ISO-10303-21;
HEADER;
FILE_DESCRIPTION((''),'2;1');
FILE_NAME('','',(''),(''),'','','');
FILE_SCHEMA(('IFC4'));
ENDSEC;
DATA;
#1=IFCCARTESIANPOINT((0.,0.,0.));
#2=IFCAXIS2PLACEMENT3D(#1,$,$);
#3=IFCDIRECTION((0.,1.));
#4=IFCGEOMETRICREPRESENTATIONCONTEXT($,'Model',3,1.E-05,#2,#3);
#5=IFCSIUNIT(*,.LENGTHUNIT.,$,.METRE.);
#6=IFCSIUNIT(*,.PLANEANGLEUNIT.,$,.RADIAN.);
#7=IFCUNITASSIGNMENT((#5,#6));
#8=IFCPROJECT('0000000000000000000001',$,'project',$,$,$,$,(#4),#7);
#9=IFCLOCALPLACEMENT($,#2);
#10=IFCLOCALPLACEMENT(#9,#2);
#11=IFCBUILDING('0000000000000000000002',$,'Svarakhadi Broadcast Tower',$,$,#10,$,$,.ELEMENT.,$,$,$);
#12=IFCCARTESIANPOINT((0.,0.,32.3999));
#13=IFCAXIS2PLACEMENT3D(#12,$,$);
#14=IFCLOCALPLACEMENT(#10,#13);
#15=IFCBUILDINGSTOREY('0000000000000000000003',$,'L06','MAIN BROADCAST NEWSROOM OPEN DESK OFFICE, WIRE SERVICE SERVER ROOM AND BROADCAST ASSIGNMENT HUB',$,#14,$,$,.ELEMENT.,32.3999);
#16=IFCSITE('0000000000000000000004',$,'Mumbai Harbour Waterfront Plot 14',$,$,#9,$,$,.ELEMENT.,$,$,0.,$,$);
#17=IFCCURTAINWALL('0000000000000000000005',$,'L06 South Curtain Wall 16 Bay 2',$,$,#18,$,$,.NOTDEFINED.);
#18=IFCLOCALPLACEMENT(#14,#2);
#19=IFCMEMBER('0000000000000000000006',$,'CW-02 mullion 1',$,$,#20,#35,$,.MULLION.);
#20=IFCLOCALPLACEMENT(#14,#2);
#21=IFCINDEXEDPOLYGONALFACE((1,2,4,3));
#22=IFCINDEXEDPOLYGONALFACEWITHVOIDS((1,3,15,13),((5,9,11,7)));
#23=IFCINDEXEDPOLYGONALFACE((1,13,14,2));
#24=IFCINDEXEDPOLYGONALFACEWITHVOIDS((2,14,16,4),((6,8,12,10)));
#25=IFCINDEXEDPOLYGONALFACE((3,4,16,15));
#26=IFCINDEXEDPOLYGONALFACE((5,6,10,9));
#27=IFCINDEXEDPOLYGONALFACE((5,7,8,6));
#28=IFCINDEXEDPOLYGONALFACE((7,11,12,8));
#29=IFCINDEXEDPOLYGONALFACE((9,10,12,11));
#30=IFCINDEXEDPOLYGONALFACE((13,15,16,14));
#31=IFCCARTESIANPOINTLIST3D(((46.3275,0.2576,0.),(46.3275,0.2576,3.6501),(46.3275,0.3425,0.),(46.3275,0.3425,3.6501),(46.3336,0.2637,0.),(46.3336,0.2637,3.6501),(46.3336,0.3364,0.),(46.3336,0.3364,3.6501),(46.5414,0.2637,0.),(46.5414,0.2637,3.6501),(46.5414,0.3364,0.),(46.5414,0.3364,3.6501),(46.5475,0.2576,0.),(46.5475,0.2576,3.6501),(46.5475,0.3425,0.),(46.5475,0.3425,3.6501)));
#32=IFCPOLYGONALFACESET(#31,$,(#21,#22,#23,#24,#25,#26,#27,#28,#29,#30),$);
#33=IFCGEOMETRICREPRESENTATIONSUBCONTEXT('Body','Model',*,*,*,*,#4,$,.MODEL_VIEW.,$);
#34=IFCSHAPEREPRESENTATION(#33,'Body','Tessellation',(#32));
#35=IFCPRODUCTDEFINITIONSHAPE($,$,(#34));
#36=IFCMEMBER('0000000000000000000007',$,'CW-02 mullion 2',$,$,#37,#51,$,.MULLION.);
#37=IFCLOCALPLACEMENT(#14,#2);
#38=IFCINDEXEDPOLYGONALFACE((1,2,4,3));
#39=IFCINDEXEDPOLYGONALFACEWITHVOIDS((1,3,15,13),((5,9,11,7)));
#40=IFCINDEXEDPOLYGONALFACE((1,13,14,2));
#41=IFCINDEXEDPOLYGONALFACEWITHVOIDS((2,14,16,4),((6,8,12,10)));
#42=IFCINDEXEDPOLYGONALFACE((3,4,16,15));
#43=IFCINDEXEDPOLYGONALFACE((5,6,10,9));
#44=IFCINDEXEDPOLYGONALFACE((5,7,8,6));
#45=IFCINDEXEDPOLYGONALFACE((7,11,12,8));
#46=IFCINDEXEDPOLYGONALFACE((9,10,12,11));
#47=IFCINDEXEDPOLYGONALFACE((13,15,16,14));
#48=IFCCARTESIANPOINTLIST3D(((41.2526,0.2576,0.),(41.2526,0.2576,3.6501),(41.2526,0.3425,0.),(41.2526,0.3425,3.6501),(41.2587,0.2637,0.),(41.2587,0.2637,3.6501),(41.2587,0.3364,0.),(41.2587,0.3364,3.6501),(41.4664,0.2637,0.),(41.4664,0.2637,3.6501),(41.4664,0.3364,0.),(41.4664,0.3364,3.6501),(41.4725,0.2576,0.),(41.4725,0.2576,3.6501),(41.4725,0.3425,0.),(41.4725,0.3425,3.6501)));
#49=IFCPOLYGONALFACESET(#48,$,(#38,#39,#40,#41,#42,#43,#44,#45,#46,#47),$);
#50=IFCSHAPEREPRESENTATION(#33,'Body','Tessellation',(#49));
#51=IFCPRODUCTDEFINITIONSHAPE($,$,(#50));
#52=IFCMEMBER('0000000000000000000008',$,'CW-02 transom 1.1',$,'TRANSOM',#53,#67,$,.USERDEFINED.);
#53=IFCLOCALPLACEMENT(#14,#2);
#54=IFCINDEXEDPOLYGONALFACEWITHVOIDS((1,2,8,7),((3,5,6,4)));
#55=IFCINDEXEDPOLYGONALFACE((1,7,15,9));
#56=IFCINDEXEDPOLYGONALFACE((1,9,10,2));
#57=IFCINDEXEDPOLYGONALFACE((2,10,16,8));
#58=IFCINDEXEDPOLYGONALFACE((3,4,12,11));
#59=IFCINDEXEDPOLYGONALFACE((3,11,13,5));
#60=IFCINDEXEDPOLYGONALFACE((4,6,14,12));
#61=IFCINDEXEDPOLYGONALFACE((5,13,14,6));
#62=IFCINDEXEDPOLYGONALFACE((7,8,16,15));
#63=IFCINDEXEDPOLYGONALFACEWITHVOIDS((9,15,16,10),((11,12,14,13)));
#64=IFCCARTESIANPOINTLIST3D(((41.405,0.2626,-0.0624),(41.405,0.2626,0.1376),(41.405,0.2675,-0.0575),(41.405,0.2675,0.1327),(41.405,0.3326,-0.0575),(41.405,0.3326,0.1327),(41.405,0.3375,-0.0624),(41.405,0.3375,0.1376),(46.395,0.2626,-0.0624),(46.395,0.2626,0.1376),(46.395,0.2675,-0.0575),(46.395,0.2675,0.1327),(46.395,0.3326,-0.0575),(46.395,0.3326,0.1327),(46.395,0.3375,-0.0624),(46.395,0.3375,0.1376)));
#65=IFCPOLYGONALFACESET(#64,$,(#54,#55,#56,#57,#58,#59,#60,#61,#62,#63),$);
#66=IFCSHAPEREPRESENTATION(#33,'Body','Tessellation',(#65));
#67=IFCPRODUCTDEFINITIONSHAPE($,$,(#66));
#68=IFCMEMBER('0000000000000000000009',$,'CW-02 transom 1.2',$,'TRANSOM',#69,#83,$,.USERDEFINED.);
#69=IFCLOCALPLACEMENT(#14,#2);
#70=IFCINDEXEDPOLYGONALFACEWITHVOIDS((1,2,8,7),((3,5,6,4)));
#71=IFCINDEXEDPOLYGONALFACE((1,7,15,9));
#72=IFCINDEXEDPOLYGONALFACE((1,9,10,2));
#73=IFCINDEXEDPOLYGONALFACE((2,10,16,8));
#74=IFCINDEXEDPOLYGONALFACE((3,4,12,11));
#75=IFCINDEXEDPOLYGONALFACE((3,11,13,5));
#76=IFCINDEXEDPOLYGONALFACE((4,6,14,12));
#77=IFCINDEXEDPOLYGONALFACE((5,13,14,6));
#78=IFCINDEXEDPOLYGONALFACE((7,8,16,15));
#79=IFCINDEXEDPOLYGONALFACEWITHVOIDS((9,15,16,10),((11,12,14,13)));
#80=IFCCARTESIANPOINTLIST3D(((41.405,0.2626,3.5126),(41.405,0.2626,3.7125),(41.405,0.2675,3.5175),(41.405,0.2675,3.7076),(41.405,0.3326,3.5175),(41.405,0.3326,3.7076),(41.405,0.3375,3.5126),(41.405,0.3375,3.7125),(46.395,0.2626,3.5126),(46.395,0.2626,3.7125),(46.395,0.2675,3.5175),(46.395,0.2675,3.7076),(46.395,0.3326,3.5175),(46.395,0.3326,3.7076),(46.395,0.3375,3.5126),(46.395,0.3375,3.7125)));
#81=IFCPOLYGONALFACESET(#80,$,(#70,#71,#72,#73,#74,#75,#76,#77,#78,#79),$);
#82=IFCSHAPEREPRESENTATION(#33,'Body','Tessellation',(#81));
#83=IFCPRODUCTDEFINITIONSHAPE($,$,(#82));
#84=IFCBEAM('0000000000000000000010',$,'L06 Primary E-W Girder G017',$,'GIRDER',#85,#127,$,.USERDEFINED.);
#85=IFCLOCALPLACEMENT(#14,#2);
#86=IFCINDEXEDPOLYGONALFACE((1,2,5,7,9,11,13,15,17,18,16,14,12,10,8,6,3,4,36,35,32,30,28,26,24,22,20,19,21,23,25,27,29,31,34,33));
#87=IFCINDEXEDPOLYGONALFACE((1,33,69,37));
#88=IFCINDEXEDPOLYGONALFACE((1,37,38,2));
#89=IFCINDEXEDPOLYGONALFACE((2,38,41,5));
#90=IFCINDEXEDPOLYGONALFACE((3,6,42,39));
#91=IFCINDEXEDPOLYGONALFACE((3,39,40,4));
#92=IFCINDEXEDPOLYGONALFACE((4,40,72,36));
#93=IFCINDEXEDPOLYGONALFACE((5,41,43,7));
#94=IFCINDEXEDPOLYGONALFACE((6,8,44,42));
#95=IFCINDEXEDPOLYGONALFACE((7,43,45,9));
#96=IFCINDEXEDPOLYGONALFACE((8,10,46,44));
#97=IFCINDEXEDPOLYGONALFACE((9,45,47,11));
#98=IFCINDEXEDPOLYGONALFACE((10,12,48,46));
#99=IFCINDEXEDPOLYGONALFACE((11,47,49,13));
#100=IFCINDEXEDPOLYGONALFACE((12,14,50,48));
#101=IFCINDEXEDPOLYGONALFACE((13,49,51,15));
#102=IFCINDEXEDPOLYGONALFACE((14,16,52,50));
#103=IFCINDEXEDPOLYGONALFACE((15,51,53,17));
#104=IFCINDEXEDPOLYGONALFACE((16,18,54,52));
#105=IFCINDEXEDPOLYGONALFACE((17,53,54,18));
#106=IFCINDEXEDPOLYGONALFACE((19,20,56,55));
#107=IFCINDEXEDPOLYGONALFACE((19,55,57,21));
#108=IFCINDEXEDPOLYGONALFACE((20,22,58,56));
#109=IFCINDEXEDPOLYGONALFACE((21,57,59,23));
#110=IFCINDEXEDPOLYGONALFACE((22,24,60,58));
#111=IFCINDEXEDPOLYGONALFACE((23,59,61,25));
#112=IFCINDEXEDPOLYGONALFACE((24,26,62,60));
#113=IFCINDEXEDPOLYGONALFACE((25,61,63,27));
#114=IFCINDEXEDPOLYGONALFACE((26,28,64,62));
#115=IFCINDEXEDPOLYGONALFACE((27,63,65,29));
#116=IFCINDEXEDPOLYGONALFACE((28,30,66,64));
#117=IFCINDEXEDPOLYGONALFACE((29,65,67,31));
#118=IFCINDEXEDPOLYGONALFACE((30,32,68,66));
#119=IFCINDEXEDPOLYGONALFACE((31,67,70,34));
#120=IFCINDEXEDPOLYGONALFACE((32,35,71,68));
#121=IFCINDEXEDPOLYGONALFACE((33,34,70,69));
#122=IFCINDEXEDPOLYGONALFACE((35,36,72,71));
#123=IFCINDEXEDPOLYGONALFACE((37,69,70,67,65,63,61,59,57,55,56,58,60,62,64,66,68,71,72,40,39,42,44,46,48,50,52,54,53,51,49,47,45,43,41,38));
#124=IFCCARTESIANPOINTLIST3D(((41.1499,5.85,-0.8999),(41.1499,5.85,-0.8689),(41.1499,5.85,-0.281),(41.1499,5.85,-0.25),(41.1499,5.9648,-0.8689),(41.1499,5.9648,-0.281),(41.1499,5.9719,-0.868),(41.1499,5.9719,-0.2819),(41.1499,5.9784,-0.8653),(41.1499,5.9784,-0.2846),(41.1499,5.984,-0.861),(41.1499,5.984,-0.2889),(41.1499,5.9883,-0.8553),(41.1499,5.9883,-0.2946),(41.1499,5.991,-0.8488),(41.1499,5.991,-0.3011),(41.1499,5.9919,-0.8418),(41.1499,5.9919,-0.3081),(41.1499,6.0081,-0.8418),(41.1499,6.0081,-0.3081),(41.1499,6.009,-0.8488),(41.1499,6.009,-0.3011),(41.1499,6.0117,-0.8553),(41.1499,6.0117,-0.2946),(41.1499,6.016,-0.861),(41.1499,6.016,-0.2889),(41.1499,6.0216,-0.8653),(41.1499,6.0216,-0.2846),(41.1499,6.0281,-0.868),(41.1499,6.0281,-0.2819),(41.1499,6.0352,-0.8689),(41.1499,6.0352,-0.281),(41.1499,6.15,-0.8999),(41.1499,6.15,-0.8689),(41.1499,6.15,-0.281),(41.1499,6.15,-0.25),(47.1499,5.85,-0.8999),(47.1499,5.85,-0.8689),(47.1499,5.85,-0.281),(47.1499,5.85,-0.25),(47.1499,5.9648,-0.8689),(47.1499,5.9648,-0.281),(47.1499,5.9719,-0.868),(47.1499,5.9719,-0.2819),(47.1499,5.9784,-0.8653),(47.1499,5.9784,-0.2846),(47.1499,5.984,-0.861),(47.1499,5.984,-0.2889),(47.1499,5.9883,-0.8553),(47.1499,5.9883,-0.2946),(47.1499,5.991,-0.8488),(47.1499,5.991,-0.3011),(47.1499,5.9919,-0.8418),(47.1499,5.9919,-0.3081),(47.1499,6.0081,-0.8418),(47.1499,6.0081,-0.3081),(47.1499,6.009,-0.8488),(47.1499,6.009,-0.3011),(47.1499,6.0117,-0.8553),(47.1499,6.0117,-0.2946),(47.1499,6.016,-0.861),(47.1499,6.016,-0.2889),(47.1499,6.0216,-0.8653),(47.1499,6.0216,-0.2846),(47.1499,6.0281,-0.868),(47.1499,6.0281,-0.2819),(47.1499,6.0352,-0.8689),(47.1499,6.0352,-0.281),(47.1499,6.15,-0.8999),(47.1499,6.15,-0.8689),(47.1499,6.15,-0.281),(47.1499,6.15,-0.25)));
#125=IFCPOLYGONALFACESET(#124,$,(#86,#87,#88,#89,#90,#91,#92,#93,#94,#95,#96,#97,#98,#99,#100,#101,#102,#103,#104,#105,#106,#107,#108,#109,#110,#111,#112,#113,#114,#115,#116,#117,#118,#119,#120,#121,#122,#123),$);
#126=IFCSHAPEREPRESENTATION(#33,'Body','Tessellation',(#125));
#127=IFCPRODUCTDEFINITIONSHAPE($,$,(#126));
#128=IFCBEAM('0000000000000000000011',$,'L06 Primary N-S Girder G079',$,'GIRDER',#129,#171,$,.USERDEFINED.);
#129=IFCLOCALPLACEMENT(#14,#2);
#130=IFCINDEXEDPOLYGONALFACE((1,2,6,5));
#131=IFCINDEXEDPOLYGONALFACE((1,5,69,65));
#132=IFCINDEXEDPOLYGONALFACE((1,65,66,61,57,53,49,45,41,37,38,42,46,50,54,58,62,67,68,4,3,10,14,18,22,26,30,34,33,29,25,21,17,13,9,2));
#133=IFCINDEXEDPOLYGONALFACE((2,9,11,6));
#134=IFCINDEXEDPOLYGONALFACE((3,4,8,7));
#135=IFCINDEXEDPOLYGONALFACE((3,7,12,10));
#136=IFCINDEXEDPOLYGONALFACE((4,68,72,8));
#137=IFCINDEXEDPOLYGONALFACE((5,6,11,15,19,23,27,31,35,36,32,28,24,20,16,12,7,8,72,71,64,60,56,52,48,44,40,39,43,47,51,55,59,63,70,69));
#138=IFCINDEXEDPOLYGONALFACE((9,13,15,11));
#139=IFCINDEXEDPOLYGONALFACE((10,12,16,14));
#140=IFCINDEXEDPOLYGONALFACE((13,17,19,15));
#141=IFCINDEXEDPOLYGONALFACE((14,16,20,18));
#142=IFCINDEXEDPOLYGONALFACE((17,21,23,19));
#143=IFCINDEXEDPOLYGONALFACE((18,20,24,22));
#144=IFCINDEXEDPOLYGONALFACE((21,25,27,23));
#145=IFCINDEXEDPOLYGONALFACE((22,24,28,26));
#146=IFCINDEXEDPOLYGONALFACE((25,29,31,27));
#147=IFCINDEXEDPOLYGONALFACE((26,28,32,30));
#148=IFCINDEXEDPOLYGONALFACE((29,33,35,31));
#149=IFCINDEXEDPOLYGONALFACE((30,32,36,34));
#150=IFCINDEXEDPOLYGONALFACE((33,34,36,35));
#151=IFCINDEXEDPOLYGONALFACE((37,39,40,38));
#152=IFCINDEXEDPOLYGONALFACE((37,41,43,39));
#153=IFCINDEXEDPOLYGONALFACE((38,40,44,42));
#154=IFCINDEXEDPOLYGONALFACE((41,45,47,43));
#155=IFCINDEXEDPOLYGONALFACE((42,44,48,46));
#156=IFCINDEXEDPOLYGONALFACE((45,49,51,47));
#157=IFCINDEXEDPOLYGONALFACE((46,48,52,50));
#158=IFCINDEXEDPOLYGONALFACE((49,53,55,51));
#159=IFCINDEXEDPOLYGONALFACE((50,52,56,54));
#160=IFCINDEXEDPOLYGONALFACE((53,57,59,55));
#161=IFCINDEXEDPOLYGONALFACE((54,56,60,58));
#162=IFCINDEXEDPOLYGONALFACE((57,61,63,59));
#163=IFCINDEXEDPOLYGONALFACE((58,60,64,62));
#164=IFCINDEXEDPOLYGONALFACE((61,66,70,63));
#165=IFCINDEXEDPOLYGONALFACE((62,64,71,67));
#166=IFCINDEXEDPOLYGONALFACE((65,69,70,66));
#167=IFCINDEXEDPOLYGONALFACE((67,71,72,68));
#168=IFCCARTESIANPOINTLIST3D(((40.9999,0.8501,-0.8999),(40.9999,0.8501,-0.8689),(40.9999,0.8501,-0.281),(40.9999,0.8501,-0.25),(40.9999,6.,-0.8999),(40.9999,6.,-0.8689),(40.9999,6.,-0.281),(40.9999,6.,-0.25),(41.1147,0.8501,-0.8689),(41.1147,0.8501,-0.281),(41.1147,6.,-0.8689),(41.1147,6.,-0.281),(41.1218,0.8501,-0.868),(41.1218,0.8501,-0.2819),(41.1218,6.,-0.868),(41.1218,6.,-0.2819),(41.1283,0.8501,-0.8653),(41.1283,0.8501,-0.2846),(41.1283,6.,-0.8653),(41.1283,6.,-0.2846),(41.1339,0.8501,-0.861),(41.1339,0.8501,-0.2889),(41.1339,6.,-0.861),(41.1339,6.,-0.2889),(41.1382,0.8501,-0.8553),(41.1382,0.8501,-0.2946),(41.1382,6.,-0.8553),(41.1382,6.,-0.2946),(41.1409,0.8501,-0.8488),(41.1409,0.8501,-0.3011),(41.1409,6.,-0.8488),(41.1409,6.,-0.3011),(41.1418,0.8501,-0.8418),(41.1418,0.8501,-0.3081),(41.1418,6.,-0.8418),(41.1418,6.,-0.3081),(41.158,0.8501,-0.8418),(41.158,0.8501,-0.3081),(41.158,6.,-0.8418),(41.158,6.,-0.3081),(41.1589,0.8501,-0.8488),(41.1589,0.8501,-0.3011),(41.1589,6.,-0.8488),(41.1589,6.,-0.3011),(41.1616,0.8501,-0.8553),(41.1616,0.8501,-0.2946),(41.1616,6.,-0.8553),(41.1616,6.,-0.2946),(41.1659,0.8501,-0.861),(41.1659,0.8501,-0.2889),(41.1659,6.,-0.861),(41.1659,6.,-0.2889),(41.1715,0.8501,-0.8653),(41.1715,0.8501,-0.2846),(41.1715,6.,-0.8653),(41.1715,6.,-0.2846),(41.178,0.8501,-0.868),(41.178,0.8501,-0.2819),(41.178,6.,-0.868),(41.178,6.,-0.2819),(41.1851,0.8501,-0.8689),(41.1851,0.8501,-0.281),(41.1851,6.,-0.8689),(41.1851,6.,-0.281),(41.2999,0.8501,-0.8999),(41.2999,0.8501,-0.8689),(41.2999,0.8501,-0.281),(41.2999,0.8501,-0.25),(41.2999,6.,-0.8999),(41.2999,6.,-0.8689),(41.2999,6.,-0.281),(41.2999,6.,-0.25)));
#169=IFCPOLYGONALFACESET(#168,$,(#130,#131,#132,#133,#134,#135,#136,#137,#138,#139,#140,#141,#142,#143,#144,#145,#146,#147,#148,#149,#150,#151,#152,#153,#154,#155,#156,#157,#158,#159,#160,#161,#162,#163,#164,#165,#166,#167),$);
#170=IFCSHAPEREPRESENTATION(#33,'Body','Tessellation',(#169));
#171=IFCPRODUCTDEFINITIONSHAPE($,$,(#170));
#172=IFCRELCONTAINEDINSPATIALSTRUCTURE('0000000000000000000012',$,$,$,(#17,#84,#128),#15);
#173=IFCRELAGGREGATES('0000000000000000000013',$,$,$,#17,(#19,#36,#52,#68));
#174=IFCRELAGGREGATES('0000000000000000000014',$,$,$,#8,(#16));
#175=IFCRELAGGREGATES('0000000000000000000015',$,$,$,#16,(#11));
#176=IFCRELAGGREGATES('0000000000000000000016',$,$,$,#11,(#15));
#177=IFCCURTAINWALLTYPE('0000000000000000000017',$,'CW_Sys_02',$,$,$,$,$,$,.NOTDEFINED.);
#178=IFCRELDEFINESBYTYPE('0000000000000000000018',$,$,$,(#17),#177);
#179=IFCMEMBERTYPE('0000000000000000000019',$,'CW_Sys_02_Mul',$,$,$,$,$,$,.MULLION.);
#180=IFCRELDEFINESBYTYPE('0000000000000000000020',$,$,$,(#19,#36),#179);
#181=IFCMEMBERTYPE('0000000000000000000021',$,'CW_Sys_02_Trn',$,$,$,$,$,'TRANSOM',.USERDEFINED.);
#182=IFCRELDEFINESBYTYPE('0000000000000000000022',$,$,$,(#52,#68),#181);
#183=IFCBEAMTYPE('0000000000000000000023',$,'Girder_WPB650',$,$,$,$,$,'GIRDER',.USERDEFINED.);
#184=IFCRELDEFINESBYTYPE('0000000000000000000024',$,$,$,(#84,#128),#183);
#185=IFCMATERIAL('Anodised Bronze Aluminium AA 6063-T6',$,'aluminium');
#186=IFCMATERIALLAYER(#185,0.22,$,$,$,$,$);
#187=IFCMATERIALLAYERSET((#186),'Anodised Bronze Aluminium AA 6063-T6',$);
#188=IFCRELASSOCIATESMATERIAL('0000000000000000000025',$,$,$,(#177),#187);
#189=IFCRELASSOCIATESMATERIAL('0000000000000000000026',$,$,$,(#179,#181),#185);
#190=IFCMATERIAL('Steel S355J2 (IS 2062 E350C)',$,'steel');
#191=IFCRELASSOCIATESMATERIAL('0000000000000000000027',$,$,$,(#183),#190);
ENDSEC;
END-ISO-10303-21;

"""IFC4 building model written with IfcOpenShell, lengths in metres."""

from ifc_helpers import new_model, si_unit, direction, frame, origin, origin_2d, place, context, subcontext, project, spatial, hollow_rectangle, i_section, extrude, material, layer, layer_set, material_profile, profile_set, type_object, element, aggregate, save


model = new_model("IFC4")

# Units and contexts
model_context = context("Model", 3, precision=1e-05, world=origin(), true_north=direction((0.0, 1.0)))
body_context = subcontext(model_context, "Body", "Model", "MODEL_VIEW")
ifc_project = project(units=[si_unit("LENGTHUNIT", "METRE"), si_unit("PLANEANGLEUNIT", "RADIAN")], contexts=[model_context])

# Site, building, storey
site_placement = place(None, origin())
site = spatial("IfcSite", under=ifc_project, at=site_placement, Name="Mumbai Harbour Waterfront Plot 14", CompositionType="ELEMENT", RefElevation=0.0)
building_placement = place(site_placement, origin())
building = spatial("IfcBuilding", under=site, at=building_placement, Name="Svarakhadi Broadcast Tower", CompositionType="ELEMENT")
storey_placement = place(building_placement, frame((0.0, 0.0, 32.3999)))
storey = spatial("IfcBuildingStorey", under=building, at=storey_placement, Name="L06", Description="MAIN BROADCAST NEWSROOM OPEN DESK OFFICE, WIRE SERVICE SERVER ROOM AND BROADCAST ASSIGNMENT HUB", CompositionType="ELEMENT", Elevation=32.3999)

# Shared definitions
ifc_material_1 = material(Name="Steel S355J2 (IS 2062 E350C)", Category="steel")

# Curtain wall, members
ifc_material_2 = material(Name="Anodised Bronze Aluminium AA 6063-T6", Category="aluminium")
ifc_layer_1 = layer(ifc_material_2, 0.22)
ifc_layer_set_1 = layer_set([ifc_layer_1], Name="Anodised Bronze Aluminium AA 6063-T6")
curtain_wall_type = type_object("IfcCurtainWallType", Name="CW_Sys_02", PredefinedType="NOTDEFINED", material=ifc_layer_set_1)
curtain_wall_placement = place(storey_placement, origin())
curtain_wall = element("IfcCurtainWall", 1, at=curtain_wall_placement, inside=storey, type_object=curtain_wall_type, Name="L06 South Curtain Wall 16 Bay 2", PredefinedType="NOTDEFINED")
ifc_material_profile_1 = material_profile(ifc_material_2, hollow_rectangle(XDim=0.085, YDim=0.22, WallThickness=0.0061, at=origin_2d()), Name="ALU MULLION 220x85x6")
ifc_profile_set_1 = profile_set([ifc_material_profile_1], Name="Anodised Bronze Aluminium AA 6063-T6")
member_type_1 = type_object("IfcMemberType", Name="CW_Sys_02_Mul", PredefinedType="MULLION", material=ifc_profile_set_1)
member_1_placement = place(storey_placement, frame((46.4375, 0.3, 0.0), z_axis=(0.0, 0.0, 1.0), x_axis=(0.0, -1.0, 0.0)))
member_1 = element("IfcMember", 2, at=member_1_placement, type_object=member_type_1, Name="CW-02 mullion 1", PredefinedType="MULLION", context=body_context, shape_type="SweptSolid", body=[
    extrude(hollow_rectangle(XDim=0.085, YDim=0.22, WallThickness=0.0061, at=origin_2d()), origin(), (0.0, 0.0, 1.0), 3.6501),
])
member_2_placement = place(storey_placement, frame((41.3625, 0.3, 0.0), z_axis=(0.0, 0.0, 1.0), x_axis=(0.0, -1.0, 0.0)))
member_2 = element("IfcMember", 3, at=member_2_placement, type_object=member_type_1, Name="CW-02 mullion 2", PredefinedType="MULLION", context=body_context, shape_type="SweptSolid", body=[
    extrude(hollow_rectangle(XDim=0.085, YDim=0.22, WallThickness=0.0061, at=origin_2d()), origin(), (0.0, 0.0, 1.0), 3.6501),
])
ifc_material_profile_2 = material_profile(ifc_material_2, hollow_rectangle(XDim=0.075, YDim=0.2, WallThickness=0.0049, at=origin_2d()), Name="ALU TRANSOM 200x75x5")
ifc_profile_set_2 = profile_set([ifc_material_profile_2], Name="Anodised Bronze Aluminium AA 6063-T6")
member_type_2 = type_object("IfcMemberType", Name="CW_Sys_02_Trn", ElementType="TRANSOM", PredefinedType="USERDEFINED", material=ifc_profile_set_2)
member_3_placement = place(storey_placement, frame((46.395, 0.3, 0.0376), z_axis=(-1.0, 0.0, 0.0), x_axis=(0.0, -1.0, 0.0)))
member_3 = element("IfcMember", 4, at=member_3_placement, type_object=member_type_2, Name="CW-02 transom 1.1", ObjectType="TRANSOM", PredefinedType="USERDEFINED", context=body_context, shape_type="SweptSolid", body=[
    extrude(hollow_rectangle(XDim=0.075, YDim=0.2, WallThickness=0.0049, at=origin_2d()), origin(), (0.0, 0.0, 1.0), 4.99),
])
member_4_placement = place(storey_placement, frame((46.395, 0.3, 3.6125), z_axis=(-1.0, 0.0, 0.0), x_axis=(0.0, -1.0, 0.0)))
member_4 = element("IfcMember", 5, at=member_4_placement, type_object=member_type_2, Name="CW-02 transom 1.2", ObjectType="TRANSOM", PredefinedType="USERDEFINED", context=body_context, shape_type="SweptSolid", body=[
    extrude(hollow_rectangle(XDim=0.075, YDim=0.2, WallThickness=0.0049, at=origin_2d()), origin(), (0.0, 0.0, 1.0), 4.99),
])

# Beams
ifc_material_profile_3 = material_profile(ifc_material_1, i_section(OverallWidth=0.3, OverallDepth=0.6499, WebThickness=0.0161, FlangeThickness=0.031, FilletRadius=0.0271, at=origin_2d()), Name="WPB 650x300x225")
ifc_profile_set_3 = profile_set([ifc_material_profile_3], Name="Steel S355J2 (IS 2062 E350C)")
beam_type_1 = type_object("IfcBeamType", Name="Girder_WPB650", ElementType="GIRDER", PredefinedType="USERDEFINED", material=ifc_profile_set_3)
beam_1_placement = place(storey_placement, frame((41.1499, 6.0, -0.575), z_axis=(1.0, 0.0, 0.0), x_axis=(0.0, 1.0, 0.0)))
element("IfcBeam", 6, at=beam_1_placement, inside=storey, type_object=beam_type_1, Name="L06 Primary E-W Girder G017", ObjectType="GIRDER", PredefinedType="USERDEFINED", context=body_context, shape_type="SweptSolid", body=[
    extrude(i_section(OverallWidth=0.3, OverallDepth=0.6499, WebThickness=0.0161, FlangeThickness=0.031, FilletRadius=0.0271, at=origin_2d()), origin(), (0.0, 0.0, 1.0), 6.0),
])
beam_2_placement = place(storey_placement, frame((41.1499, 0.8501, -0.575), z_axis=(0.0, 1.0, 0.0), x_axis=(-1.0, 0.0, 0.0)))
element("IfcBeam", 7, at=beam_2_placement, inside=storey, type_object=beam_type_1, Name="L06 Primary N-S Girder G079", ObjectType="GIRDER", PredefinedType="USERDEFINED", context=body_context, shape_type="SweptSolid", body=[
    extrude(i_section(OverallWidth=0.3, OverallDepth=0.6499, WebThickness=0.0161, FlangeThickness=0.031, FilletRadius=0.0271, at=origin_2d()), origin(), (0.0, 0.0, 1.0), 5.1499),
])

aggregate(curtain_wall, [member_1, member_2, member_3, member_4])

save(model, "model.ifc")
